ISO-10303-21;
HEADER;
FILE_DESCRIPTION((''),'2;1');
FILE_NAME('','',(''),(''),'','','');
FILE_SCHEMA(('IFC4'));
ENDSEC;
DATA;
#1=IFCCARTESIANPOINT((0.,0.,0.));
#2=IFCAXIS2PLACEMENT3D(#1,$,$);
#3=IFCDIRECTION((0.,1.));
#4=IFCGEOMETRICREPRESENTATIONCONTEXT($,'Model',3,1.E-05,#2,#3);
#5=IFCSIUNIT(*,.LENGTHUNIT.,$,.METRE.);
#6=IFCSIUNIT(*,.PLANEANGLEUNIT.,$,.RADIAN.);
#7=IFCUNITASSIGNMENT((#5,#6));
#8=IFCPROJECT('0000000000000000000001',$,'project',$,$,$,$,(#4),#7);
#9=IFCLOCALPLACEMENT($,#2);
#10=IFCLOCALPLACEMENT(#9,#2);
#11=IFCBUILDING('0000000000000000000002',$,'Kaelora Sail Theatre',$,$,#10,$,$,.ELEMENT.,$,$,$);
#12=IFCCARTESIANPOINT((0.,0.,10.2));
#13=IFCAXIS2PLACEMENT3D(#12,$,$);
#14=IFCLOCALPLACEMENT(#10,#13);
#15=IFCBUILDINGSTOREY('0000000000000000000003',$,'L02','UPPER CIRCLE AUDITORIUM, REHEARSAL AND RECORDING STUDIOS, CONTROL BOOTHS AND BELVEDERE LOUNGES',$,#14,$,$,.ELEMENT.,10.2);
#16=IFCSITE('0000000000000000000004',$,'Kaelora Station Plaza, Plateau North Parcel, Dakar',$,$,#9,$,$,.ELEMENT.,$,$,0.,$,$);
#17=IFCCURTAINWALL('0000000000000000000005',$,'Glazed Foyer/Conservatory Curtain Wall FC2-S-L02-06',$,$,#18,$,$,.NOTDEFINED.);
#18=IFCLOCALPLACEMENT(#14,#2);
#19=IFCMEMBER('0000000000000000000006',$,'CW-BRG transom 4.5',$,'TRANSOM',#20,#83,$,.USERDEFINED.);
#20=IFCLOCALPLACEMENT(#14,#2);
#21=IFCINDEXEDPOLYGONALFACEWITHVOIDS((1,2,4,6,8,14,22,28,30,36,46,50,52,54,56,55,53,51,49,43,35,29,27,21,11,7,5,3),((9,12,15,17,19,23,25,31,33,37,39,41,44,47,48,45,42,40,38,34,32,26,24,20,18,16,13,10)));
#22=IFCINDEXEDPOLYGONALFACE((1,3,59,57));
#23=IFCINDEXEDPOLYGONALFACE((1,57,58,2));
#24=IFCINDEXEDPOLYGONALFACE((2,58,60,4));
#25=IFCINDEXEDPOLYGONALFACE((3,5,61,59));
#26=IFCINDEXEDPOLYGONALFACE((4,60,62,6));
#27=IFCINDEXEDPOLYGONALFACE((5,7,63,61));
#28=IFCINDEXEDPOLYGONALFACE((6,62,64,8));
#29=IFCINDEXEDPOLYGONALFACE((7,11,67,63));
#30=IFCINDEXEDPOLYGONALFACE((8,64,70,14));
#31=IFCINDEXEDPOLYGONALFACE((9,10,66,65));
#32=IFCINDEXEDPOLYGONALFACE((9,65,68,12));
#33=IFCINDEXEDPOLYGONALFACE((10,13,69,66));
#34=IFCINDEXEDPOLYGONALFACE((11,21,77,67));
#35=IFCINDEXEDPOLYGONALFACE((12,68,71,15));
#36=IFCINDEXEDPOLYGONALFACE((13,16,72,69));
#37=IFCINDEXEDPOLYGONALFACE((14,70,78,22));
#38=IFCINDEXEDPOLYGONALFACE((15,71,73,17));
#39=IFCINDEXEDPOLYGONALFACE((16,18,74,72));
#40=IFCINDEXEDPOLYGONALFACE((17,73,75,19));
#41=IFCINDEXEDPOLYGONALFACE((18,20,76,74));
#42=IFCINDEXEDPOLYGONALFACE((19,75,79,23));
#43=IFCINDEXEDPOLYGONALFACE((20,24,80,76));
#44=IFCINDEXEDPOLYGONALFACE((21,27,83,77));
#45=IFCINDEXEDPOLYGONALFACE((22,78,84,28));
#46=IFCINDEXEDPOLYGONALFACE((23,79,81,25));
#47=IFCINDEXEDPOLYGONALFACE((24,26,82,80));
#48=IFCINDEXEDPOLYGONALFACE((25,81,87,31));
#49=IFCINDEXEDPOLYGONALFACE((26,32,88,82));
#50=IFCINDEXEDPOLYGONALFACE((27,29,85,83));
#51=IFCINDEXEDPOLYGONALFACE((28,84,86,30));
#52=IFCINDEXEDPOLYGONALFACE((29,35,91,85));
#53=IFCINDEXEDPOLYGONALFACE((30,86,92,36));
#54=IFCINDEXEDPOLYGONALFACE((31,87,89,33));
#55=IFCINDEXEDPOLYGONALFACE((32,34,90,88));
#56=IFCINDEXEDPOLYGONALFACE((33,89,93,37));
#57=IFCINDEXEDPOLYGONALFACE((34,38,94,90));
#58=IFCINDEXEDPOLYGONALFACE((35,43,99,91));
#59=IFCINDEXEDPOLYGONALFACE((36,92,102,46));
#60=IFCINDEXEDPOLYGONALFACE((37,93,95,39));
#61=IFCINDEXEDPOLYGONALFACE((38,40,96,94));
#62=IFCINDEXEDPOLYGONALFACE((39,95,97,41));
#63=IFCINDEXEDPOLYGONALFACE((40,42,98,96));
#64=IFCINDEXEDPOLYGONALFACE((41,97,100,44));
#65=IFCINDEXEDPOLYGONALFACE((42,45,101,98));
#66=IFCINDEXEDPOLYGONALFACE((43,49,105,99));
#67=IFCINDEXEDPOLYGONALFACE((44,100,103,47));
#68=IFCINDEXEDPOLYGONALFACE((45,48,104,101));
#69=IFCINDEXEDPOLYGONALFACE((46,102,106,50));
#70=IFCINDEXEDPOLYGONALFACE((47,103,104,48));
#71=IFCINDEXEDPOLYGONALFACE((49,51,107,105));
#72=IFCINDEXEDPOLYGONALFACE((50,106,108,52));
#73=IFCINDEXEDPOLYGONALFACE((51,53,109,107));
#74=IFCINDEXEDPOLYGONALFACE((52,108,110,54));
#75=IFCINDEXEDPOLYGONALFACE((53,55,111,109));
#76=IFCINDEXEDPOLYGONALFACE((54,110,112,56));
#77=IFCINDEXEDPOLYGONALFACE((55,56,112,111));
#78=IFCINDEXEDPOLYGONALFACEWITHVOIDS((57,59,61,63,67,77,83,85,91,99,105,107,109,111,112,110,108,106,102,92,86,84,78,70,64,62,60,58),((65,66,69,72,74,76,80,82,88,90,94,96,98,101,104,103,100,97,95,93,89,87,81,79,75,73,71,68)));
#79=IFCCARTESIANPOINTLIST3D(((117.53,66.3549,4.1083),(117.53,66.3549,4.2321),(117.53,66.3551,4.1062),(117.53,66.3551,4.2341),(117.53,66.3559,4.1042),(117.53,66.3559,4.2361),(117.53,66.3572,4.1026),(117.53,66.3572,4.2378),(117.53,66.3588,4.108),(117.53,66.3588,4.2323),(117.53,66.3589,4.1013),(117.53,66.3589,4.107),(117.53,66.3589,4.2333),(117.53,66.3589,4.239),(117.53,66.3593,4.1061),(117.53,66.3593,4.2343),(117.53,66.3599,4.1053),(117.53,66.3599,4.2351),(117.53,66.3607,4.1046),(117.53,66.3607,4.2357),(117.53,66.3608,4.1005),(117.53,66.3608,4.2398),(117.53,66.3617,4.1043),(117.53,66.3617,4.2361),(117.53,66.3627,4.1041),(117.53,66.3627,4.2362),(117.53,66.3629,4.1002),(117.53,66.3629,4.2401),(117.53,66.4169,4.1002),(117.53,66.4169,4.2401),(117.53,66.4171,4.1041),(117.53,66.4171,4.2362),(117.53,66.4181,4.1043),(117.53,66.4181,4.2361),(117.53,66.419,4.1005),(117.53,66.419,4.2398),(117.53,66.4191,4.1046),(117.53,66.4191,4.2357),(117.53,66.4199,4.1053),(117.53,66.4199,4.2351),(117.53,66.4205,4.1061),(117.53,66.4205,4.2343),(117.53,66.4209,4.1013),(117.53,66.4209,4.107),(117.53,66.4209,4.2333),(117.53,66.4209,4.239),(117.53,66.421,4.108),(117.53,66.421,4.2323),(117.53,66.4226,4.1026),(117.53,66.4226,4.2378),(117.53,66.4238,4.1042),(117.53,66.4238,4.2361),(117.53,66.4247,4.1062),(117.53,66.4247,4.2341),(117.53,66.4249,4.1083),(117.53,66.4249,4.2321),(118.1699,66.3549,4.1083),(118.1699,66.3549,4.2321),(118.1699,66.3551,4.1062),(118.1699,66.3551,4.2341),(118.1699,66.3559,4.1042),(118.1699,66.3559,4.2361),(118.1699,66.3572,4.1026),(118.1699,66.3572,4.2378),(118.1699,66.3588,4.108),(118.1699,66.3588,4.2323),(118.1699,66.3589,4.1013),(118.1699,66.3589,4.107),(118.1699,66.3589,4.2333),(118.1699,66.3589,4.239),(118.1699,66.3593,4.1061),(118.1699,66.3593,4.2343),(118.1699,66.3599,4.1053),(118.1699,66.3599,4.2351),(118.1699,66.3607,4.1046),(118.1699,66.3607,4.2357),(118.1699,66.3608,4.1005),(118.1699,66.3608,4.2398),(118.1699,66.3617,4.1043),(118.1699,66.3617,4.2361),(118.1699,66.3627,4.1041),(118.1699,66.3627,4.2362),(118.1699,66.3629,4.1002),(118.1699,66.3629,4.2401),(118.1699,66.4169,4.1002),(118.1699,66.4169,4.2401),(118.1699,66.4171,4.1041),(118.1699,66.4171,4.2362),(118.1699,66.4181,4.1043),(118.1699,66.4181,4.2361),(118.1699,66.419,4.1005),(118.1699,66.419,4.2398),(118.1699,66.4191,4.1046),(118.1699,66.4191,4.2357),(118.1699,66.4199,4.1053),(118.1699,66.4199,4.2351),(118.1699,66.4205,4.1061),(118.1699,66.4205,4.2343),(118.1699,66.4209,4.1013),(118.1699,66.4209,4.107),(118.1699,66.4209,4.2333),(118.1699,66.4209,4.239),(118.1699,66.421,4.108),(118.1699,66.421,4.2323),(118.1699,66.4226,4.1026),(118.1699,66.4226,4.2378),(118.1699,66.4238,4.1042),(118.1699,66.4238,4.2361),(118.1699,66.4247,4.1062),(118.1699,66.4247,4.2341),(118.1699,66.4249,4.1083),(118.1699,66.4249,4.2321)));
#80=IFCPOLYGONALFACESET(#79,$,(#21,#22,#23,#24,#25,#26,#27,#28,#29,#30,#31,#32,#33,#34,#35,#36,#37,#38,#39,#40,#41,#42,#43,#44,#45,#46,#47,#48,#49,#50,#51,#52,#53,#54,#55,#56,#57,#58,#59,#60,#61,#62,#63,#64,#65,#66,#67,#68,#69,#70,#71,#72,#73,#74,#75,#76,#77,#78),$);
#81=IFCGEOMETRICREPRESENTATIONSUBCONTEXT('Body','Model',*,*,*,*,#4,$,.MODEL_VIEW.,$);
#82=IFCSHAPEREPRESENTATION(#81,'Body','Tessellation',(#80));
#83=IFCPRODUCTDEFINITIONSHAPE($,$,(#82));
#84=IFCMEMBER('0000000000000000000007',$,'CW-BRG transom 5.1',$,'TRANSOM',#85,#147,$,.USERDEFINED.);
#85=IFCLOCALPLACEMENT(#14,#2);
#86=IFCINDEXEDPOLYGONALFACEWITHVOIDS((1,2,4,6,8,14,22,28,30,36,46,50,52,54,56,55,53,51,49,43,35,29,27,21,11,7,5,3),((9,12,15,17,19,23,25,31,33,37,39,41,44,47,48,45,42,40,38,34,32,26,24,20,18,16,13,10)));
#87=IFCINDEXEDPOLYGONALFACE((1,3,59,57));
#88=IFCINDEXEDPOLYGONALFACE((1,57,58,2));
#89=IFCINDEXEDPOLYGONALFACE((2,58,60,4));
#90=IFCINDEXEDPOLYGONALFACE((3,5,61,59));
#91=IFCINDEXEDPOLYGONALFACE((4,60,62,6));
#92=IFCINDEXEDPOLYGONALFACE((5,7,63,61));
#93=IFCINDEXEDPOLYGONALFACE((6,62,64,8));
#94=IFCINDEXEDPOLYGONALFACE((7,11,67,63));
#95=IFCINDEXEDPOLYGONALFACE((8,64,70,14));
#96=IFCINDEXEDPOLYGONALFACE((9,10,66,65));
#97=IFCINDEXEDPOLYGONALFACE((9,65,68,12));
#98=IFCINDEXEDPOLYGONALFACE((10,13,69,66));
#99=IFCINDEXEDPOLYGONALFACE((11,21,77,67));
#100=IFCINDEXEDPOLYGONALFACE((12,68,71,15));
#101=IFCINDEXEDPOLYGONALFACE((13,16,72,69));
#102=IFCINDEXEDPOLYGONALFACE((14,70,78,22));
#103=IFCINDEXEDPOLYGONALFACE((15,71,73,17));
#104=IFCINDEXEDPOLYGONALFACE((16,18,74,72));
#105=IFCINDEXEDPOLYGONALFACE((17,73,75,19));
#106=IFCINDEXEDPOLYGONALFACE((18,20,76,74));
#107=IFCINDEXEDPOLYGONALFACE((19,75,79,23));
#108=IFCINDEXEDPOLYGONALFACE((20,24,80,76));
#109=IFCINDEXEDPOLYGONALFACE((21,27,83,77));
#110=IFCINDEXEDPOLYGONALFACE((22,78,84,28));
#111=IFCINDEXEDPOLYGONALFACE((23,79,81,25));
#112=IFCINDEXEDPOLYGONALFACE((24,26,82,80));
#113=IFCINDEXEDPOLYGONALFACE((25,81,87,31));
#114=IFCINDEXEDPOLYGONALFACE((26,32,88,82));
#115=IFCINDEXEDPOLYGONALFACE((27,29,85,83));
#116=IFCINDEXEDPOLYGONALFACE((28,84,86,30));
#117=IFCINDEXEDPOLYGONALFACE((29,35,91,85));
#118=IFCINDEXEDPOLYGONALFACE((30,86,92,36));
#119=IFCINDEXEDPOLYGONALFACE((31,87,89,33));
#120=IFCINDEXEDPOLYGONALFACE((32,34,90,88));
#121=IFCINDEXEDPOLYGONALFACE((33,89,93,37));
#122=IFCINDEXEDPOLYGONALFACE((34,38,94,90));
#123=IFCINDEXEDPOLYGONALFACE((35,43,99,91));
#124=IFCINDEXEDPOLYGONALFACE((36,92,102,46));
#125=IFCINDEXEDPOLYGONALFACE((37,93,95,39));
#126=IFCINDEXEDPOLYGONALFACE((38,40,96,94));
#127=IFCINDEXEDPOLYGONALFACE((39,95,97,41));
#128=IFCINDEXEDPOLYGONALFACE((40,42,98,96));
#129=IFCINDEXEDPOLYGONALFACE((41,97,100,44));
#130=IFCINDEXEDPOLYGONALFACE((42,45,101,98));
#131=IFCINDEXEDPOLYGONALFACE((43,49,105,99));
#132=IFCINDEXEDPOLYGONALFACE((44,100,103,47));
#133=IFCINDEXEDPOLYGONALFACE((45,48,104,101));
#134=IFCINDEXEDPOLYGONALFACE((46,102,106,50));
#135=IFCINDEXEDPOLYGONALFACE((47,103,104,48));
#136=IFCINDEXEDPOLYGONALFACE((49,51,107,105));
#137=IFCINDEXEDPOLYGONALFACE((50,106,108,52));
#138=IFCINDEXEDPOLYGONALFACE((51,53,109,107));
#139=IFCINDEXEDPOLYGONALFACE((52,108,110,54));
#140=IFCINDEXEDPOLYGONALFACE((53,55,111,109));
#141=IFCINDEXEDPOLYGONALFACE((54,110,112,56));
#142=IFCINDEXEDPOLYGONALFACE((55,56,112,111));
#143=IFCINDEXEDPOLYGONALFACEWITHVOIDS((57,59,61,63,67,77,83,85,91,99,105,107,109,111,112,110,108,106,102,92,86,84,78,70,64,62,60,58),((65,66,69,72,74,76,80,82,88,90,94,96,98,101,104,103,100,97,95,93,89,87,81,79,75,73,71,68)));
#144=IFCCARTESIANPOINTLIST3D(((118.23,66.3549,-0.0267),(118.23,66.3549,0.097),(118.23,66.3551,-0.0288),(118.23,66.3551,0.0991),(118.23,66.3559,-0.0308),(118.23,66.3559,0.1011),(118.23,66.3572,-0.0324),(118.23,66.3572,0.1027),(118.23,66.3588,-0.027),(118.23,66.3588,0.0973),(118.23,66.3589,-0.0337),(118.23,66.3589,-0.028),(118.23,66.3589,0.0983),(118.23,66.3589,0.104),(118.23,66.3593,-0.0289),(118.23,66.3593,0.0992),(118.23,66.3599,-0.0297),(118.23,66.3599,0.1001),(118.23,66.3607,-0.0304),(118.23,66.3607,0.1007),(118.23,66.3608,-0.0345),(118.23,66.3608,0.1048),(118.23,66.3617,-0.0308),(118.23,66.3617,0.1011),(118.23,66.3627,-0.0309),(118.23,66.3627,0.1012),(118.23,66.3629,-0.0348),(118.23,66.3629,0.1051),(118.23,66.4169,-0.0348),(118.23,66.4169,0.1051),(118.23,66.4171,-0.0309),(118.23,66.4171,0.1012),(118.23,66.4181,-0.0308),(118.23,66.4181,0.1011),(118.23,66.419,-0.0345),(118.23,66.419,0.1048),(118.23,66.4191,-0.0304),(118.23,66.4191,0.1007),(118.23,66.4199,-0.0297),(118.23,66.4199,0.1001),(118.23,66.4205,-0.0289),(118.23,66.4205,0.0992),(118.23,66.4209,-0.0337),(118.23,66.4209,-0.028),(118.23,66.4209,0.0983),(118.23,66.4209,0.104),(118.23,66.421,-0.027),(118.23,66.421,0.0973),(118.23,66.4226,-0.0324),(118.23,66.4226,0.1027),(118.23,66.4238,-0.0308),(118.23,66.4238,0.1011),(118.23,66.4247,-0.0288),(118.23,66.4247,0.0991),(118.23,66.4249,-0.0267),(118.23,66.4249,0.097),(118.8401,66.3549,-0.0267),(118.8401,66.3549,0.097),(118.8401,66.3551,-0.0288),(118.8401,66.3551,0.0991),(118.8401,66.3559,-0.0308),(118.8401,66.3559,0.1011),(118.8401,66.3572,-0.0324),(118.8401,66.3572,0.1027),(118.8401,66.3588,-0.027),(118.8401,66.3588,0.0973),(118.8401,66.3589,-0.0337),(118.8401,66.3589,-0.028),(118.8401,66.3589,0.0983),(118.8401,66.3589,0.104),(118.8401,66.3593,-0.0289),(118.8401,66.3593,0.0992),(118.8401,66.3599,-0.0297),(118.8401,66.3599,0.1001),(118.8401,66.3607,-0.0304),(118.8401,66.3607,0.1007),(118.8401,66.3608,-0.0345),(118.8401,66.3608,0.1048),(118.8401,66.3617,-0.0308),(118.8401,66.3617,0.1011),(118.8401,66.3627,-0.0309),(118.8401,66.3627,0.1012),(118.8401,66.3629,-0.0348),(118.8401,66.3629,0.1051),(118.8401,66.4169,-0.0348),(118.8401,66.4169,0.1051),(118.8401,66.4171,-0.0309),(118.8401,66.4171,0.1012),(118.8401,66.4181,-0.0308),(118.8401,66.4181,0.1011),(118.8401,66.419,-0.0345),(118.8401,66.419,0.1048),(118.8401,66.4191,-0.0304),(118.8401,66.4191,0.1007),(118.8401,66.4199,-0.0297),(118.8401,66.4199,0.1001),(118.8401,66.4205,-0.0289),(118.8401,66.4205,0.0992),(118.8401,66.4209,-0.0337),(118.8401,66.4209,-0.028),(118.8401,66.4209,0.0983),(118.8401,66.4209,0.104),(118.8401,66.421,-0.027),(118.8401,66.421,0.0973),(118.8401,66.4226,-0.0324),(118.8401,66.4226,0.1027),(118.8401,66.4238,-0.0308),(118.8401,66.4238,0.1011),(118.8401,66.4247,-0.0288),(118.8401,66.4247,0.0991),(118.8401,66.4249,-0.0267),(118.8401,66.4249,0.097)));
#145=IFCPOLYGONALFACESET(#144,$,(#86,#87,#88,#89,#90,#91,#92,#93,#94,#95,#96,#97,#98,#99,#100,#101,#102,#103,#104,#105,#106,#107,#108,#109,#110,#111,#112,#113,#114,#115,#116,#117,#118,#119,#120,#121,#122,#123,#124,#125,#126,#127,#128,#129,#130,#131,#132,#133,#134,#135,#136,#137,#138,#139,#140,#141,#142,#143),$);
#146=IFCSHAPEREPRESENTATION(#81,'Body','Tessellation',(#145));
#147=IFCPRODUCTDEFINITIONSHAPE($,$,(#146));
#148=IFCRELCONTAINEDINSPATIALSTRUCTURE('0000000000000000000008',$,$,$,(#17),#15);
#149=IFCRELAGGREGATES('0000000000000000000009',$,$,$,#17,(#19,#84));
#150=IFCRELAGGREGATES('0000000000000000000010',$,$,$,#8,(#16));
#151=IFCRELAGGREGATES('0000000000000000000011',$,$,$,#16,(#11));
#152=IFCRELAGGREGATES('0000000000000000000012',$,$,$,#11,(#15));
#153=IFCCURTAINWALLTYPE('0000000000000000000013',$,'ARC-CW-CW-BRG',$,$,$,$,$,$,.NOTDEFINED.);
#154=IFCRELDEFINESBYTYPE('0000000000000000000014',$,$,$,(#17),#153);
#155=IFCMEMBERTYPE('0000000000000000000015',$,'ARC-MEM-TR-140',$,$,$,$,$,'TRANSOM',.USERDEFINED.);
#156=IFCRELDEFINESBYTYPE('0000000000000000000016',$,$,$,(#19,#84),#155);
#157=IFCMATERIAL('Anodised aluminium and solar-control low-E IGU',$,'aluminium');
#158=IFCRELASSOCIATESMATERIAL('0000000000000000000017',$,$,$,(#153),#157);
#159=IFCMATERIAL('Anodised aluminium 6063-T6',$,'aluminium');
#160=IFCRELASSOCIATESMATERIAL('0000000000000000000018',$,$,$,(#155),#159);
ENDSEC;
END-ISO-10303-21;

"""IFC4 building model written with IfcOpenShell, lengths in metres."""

from ifc_helpers import new_model, si_unit, direction, frame, origin, origin_2d, place, context, subcontext, project, spatial, hollow_rectangle, extrude, material, material_profile, profile_set, type_object, element, aggregate, save


model = new_model("IFC4")

# Units and contexts
model_context = context("Model", 3, precision=1e-05, world=origin(), true_north=direction((0.0, 1.0)))
body_context = subcontext(model_context, "Body", "Model", "MODEL_VIEW")
ifc_project = project(units=[si_unit("LENGTHUNIT", "METRE"), si_unit("PLANEANGLEUNIT", "RADIAN")], contexts=[model_context])

# Site, building, storey
site_placement = place(None, origin())
site = spatial("IfcSite", under=ifc_project, at=site_placement, Name="Kaelora Station Plaza, Plateau North Parcel, Dakar", CompositionType="ELEMENT", RefElevation=0.0)
building_placement = place(site_placement, origin())
building = spatial("IfcBuilding", under=site, at=building_placement, Name="Kaelora Sail Theatre", CompositionType="ELEMENT")
storey_placement = place(building_placement, frame((0.0, 0.0, 10.2)))
storey = spatial("IfcBuildingStorey", under=building, at=storey_placement, Name="L02", Description="UPPER CIRCLE AUDITORIUM, REHEARSAL AND RECORDING STUDIOS, CONTROL BOOTHS AND BELVEDERE LOUNGES", CompositionType="ELEMENT", Elevation=10.2)

# Curtain wall, members
ifc_material_1 = material(Name="Anodised aluminium and solar-control low-E IGU", Category="aluminium")
curtain_wall_type = type_object("IfcCurtainWallType", Name="ARC-CW-CW-BRG", PredefinedType="NOTDEFINED", material=ifc_material_1)
curtain_wall_placement = place(storey_placement, origin())
curtain_wall = element("IfcCurtainWall", 1, at=curtain_wall_placement, inside=storey, type_object=curtain_wall_type, Name="Glazed Foyer/Conservatory Curtain Wall FC2-S-L02-06", PredefinedType="NOTDEFINED")
ifc_material_2 = material(Name="Anodised aluminium 6063-T6", Category="aluminium")
ifc_material_profile_1 = material_profile(ifc_material_2, hollow_rectangle(XDim=0.0701, YDim=0.1399, WallThickness=0.0039, InnerFilletRadius=0.0039, OuterFilletRadius=0.0081, at=origin_2d()), Name="ALU-TRAN 70x140x4")
ifc_profile_set_1 = profile_set([ifc_material_profile_1], Name="Anodised aluminium 6063-T6")
member_type_1 = type_object("IfcMemberType", Name="ARC-MEM-TR-140", ElementType="TRANSOM", PredefinedType="USERDEFINED", material=ifc_profile_set_1)
member_1_placement = place(storey_placement, frame((117.53, 66.3899, 4.1702), z_axis=(1.0, 0.0, 0.0), x_axis=(0.0, 1.0, 0.0)))
member_1 = element("IfcMember", 2, at=member_1_placement, type_object=member_type_1, Name="CW-BRG transom 4.5", ObjectType="TRANSOM", PredefinedType="USERDEFINED", context=body_context, shape_type="SweptSolid", body=[
    extrude(hollow_rectangle(XDim=0.0701, YDim=0.1399, WallThickness=0.0039, InnerFilletRadius=0.0039, OuterFilletRadius=0.0081, at=origin_2d()), origin(), (0.0, 0.0, 1.0), 0.6399),
])
member_2_placement = place(storey_placement, frame((118.23, 66.3899, 0.0352), z_axis=(1.0, 0.0, 0.0), x_axis=(0.0, 1.0, 0.0)))
member_2 = element("IfcMember", 3, at=member_2_placement, type_object=member_type_1, Name="CW-BRG transom 5.1", ObjectType="TRANSOM", PredefinedType="USERDEFINED", context=body_context, shape_type="SweptSolid", body=[
    extrude(hollow_rectangle(XDim=0.0701, YDim=0.1399, WallThickness=0.0039, InnerFilletRadius=0.0039, OuterFilletRadius=0.0081, at=origin_2d()), origin(), (0.0, 0.0, 1.0), 0.6101),
])

aggregate(curtain_wall, [member_1, member_2])

save(model, "model.ifc")
